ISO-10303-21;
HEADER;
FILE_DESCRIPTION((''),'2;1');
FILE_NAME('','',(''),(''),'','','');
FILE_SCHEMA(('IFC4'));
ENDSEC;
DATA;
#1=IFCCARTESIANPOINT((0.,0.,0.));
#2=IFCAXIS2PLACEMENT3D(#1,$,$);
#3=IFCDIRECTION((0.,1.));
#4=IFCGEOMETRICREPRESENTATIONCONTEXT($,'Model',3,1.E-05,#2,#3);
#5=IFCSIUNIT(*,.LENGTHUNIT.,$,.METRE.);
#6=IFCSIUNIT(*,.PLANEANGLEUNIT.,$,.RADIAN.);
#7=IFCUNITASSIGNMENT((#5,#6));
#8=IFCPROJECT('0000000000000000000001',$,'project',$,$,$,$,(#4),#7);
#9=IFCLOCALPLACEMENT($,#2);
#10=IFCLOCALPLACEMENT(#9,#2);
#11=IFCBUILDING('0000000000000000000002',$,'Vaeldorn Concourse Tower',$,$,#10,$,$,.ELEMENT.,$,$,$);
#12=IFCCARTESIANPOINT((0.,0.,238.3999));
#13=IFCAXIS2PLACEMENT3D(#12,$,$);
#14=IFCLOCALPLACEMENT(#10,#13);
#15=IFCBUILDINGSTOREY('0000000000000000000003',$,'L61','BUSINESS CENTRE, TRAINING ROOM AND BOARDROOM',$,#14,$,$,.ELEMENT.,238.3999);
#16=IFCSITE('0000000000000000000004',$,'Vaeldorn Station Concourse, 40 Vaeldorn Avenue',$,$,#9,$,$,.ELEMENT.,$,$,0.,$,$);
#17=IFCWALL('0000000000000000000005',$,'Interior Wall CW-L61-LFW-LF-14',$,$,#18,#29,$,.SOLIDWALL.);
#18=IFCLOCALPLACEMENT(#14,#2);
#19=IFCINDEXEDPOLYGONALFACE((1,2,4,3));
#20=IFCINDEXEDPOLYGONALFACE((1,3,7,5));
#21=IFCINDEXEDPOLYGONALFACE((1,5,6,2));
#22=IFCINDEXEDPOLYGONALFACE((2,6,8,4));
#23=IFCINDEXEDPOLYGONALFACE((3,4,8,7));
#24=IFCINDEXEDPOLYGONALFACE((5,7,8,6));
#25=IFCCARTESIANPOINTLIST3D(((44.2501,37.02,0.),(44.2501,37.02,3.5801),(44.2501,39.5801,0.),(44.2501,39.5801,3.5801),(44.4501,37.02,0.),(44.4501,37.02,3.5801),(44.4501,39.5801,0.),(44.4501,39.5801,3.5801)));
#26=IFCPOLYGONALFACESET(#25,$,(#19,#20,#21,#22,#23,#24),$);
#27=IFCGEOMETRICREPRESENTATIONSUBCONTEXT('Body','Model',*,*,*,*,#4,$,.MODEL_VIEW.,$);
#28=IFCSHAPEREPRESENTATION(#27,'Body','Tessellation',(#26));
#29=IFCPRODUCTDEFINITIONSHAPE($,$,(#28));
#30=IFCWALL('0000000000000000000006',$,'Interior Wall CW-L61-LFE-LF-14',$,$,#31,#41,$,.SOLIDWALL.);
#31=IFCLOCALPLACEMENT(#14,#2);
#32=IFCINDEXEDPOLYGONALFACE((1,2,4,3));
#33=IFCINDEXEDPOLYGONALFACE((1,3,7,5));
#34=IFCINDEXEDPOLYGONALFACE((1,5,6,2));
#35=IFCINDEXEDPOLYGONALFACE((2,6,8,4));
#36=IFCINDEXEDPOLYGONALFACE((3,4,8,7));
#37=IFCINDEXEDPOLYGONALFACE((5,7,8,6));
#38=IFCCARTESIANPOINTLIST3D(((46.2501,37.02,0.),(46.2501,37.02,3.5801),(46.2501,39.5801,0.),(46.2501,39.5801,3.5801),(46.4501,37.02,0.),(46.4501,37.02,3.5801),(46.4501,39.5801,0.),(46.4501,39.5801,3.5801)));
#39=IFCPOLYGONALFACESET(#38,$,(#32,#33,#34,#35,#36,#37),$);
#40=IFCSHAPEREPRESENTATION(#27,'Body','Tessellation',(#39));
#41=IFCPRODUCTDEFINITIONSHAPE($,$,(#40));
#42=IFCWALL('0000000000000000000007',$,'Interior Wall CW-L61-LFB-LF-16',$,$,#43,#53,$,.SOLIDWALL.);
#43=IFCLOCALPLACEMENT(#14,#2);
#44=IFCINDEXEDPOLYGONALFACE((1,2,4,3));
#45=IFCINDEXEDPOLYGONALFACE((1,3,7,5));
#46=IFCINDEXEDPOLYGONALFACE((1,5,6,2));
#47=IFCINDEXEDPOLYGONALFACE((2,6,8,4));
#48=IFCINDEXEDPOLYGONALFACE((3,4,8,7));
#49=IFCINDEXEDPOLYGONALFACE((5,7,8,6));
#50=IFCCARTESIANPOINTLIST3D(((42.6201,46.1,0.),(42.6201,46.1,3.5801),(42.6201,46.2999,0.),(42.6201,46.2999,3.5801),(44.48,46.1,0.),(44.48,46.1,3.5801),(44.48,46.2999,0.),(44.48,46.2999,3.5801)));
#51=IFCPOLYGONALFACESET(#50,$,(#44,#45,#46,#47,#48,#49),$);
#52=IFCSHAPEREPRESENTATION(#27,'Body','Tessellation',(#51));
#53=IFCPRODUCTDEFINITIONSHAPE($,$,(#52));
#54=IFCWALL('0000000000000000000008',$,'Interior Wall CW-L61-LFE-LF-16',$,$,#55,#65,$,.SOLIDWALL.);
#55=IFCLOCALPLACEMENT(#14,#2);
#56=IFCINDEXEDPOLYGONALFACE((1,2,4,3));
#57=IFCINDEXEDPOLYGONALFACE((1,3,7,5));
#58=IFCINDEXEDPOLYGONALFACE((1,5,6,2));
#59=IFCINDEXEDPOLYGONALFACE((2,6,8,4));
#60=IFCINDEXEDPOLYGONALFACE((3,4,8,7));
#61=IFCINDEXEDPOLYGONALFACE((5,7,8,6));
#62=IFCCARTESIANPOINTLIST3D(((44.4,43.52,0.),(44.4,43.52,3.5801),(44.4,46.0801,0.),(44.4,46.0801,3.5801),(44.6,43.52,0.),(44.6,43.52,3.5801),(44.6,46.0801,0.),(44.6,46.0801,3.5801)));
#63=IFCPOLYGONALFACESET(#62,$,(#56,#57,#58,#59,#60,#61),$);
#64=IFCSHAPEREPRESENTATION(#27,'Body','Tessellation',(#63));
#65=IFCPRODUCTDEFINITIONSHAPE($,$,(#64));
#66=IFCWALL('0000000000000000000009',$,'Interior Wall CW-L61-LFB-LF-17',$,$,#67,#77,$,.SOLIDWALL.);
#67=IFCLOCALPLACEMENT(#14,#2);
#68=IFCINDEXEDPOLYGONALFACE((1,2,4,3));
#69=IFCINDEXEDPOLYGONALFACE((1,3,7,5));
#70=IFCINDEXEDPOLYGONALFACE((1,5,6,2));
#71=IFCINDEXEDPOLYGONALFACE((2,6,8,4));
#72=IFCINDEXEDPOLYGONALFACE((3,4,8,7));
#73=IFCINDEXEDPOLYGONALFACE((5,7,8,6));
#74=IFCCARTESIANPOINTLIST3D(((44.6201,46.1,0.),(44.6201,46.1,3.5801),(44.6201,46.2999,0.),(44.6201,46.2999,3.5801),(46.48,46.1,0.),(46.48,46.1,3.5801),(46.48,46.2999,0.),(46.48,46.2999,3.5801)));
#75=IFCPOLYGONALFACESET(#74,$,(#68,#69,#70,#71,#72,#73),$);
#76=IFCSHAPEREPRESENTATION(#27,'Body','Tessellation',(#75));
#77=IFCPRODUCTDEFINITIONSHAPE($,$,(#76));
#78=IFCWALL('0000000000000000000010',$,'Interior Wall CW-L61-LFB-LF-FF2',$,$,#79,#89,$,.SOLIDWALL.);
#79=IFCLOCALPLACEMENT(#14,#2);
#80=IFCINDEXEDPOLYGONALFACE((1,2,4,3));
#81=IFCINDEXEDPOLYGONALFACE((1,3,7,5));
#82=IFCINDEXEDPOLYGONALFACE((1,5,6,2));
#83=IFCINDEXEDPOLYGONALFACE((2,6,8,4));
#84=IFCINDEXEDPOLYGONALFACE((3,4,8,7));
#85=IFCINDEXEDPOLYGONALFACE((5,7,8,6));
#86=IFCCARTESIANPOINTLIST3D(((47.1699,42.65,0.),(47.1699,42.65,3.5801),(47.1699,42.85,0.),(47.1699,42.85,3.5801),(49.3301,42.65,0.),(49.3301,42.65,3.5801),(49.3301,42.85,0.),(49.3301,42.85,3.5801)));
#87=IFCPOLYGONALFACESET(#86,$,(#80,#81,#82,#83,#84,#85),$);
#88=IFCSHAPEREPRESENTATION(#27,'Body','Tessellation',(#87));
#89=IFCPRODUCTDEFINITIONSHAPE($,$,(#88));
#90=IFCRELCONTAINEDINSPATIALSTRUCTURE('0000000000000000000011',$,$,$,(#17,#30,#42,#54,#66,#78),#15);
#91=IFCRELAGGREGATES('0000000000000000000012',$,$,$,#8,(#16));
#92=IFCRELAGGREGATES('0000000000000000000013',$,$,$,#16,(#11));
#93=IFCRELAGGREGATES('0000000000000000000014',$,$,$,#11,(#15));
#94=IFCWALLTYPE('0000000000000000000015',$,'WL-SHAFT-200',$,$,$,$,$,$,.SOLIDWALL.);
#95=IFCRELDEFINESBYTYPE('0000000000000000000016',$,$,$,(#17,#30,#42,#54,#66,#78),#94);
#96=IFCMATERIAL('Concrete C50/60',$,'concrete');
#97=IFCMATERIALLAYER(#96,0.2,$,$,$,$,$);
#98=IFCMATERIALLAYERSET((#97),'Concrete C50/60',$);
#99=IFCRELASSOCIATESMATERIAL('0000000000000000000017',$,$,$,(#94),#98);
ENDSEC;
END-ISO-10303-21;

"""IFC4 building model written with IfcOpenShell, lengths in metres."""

from ifc_helpers import new_model, si_unit, direction, frame, frame_2d, origin, place, context, subcontext, project, spatial, rectangle, extrude, material, layer, layer_set, type_object, element, save


model = new_model("IFC4")

# Units and contexts
model_context = context("Model", 3, precision=1e-05, world=origin(), true_north=direction((0.0, 1.0)))
body_context = subcontext(model_context, "Body", "Model", "MODEL_VIEW")
ifc_project = project(units=[si_unit("LENGTHUNIT", "METRE"), si_unit("PLANEANGLEUNIT", "RADIAN")], contexts=[model_context])

# Site, building, storey
site_placement = place(None, origin())
site = spatial("IfcSite", under=ifc_project, at=site_placement, Name="Vaeldorn Station Concourse, 40 Vaeldorn Avenue", CompositionType="ELEMENT", RefElevation=0.0)
building_placement = place(site_placement, origin())
building = spatial("IfcBuilding", under=site, at=building_placement, Name="Vaeldorn Concourse Tower", CompositionType="ELEMENT")
storey_placement = place(building_placement, frame((0.0, 0.0, 238.3999)))
storey = spatial("IfcBuildingStorey", under=building, at=storey_placement, Name="L61", Description="BUSINESS CENTRE, TRAINING ROOM AND BOARDROOM", CompositionType="ELEMENT", Elevation=238.3999)

# Shared definitions
ifc_material_1 = material(Name="Concrete C50/60", Category="concrete")

# Shared definitions
ifc_layer_1 = layer(ifc_material_1, 0.2)
ifc_layer_set_1 = layer_set([ifc_layer_1], Name="Concrete C50/60")
wall_type_1 = type_object("IfcWallType", Name="WL-SHAFT-200", PredefinedType="SOLIDWALL", material=ifc_layer_set_1)

# Walls
for number, where, z_axis, x_axis, name in (
    (1, (44.3501, 37.02, 0.0), (0.0, 0.0, 1.0), (0.0, 1.0, 0.0), "Interior Wall CW-L61-LFW-LF-14"),
    (2, (46.3501, 37.02, 0.0), (0.0, 0.0, 1.0), (0.0, 1.0, 0.0), "Interior Wall CW-L61-LFE-LF-14"),
):
    element("IfcWall", number, at=place(storey_placement, frame(where, z_axis=z_axis, x_axis=x_axis)), inside=storey, type_object=wall_type_1, Name=name, PredefinedType="SOLIDWALL", context=body_context, shape_type="SweptSolid", body=[
        extrude(rectangle(XDim=2.5601, YDim=0.2, at=frame_2d((1.28, 0.0))), origin(), (0.0, 0.0, 1.0), 3.5801),
    ])
wall_1_placement = place(storey_placement, frame((42.6201, 46.2, 0.0), z_axis=(0.0, 0.0, 1.0), x_axis=(1.0, 0.0, 0.0)))
element("IfcWall", 3, at=wall_1_placement, inside=storey, type_object=wall_type_1, Name="Interior Wall CW-L61-LFB-LF-16", PredefinedType="SOLIDWALL", context=body_context, shape_type="SweptSolid", body=[
    extrude(rectangle(XDim=1.8599, YDim=0.2, at=frame_2d((0.9299, 0.0))), origin(), (0.0, 0.0, 1.0), 3.5801),
])
wall_2_placement = place(storey_placement, frame((44.5, 43.52, 0.0), z_axis=(0.0, 0.0, 1.0), x_axis=(0.0, 1.0, 0.0)))
element("IfcWall", 4, at=wall_2_placement, inside=storey, type_object=wall_type_1, Name="Interior Wall CW-L61-LFE-LF-16", PredefinedType="SOLIDWALL", context=body_context, shape_type="SweptSolid", body=[
    extrude(rectangle(XDim=2.5601, YDim=0.2, at=frame_2d((1.28, 0.0))), origin(), (0.0, 0.0, 1.0), 3.5801),
])

# Wall
wall_3_placement = place(storey_placement, frame((44.6201, 46.2, 0.0), z_axis=(0.0, 0.0, 1.0), x_axis=(1.0, 0.0, 0.0)))
element("IfcWall", 5, at=wall_3_placement, inside=storey, type_object=wall_type_1, Name="Interior Wall CW-L61-LFB-LF-17", PredefinedType="SOLIDWALL", context=body_context, shape_type="SweptSolid", body=[
    extrude(rectangle(XDim=1.8599, YDim=0.2, at=frame_2d((0.9299, 0.0))), origin(), (0.0, 0.0, 1.0), 3.5801),
])

# Wall
wall_4_placement = place(storey_placement, frame((47.1699, 42.75, 0.0), z_axis=(0.0, 0.0, 1.0), x_axis=(1.0, 0.0, 0.0)))
element("IfcWall", 6, at=wall_4_placement, inside=storey, type_object=wall_type_1, Name="Interior Wall CW-L61-LFB-LF-FF2", PredefinedType="SOLIDWALL", context=body_context, shape_type="SweptSolid", body=[
    extrude(rectangle(XDim=2.1602, YDim=0.2, at=frame_2d((1.0801, 0.0))), origin(), (0.0, 0.0, 1.0), 3.5801),
])

save(model, "model.ifc")
